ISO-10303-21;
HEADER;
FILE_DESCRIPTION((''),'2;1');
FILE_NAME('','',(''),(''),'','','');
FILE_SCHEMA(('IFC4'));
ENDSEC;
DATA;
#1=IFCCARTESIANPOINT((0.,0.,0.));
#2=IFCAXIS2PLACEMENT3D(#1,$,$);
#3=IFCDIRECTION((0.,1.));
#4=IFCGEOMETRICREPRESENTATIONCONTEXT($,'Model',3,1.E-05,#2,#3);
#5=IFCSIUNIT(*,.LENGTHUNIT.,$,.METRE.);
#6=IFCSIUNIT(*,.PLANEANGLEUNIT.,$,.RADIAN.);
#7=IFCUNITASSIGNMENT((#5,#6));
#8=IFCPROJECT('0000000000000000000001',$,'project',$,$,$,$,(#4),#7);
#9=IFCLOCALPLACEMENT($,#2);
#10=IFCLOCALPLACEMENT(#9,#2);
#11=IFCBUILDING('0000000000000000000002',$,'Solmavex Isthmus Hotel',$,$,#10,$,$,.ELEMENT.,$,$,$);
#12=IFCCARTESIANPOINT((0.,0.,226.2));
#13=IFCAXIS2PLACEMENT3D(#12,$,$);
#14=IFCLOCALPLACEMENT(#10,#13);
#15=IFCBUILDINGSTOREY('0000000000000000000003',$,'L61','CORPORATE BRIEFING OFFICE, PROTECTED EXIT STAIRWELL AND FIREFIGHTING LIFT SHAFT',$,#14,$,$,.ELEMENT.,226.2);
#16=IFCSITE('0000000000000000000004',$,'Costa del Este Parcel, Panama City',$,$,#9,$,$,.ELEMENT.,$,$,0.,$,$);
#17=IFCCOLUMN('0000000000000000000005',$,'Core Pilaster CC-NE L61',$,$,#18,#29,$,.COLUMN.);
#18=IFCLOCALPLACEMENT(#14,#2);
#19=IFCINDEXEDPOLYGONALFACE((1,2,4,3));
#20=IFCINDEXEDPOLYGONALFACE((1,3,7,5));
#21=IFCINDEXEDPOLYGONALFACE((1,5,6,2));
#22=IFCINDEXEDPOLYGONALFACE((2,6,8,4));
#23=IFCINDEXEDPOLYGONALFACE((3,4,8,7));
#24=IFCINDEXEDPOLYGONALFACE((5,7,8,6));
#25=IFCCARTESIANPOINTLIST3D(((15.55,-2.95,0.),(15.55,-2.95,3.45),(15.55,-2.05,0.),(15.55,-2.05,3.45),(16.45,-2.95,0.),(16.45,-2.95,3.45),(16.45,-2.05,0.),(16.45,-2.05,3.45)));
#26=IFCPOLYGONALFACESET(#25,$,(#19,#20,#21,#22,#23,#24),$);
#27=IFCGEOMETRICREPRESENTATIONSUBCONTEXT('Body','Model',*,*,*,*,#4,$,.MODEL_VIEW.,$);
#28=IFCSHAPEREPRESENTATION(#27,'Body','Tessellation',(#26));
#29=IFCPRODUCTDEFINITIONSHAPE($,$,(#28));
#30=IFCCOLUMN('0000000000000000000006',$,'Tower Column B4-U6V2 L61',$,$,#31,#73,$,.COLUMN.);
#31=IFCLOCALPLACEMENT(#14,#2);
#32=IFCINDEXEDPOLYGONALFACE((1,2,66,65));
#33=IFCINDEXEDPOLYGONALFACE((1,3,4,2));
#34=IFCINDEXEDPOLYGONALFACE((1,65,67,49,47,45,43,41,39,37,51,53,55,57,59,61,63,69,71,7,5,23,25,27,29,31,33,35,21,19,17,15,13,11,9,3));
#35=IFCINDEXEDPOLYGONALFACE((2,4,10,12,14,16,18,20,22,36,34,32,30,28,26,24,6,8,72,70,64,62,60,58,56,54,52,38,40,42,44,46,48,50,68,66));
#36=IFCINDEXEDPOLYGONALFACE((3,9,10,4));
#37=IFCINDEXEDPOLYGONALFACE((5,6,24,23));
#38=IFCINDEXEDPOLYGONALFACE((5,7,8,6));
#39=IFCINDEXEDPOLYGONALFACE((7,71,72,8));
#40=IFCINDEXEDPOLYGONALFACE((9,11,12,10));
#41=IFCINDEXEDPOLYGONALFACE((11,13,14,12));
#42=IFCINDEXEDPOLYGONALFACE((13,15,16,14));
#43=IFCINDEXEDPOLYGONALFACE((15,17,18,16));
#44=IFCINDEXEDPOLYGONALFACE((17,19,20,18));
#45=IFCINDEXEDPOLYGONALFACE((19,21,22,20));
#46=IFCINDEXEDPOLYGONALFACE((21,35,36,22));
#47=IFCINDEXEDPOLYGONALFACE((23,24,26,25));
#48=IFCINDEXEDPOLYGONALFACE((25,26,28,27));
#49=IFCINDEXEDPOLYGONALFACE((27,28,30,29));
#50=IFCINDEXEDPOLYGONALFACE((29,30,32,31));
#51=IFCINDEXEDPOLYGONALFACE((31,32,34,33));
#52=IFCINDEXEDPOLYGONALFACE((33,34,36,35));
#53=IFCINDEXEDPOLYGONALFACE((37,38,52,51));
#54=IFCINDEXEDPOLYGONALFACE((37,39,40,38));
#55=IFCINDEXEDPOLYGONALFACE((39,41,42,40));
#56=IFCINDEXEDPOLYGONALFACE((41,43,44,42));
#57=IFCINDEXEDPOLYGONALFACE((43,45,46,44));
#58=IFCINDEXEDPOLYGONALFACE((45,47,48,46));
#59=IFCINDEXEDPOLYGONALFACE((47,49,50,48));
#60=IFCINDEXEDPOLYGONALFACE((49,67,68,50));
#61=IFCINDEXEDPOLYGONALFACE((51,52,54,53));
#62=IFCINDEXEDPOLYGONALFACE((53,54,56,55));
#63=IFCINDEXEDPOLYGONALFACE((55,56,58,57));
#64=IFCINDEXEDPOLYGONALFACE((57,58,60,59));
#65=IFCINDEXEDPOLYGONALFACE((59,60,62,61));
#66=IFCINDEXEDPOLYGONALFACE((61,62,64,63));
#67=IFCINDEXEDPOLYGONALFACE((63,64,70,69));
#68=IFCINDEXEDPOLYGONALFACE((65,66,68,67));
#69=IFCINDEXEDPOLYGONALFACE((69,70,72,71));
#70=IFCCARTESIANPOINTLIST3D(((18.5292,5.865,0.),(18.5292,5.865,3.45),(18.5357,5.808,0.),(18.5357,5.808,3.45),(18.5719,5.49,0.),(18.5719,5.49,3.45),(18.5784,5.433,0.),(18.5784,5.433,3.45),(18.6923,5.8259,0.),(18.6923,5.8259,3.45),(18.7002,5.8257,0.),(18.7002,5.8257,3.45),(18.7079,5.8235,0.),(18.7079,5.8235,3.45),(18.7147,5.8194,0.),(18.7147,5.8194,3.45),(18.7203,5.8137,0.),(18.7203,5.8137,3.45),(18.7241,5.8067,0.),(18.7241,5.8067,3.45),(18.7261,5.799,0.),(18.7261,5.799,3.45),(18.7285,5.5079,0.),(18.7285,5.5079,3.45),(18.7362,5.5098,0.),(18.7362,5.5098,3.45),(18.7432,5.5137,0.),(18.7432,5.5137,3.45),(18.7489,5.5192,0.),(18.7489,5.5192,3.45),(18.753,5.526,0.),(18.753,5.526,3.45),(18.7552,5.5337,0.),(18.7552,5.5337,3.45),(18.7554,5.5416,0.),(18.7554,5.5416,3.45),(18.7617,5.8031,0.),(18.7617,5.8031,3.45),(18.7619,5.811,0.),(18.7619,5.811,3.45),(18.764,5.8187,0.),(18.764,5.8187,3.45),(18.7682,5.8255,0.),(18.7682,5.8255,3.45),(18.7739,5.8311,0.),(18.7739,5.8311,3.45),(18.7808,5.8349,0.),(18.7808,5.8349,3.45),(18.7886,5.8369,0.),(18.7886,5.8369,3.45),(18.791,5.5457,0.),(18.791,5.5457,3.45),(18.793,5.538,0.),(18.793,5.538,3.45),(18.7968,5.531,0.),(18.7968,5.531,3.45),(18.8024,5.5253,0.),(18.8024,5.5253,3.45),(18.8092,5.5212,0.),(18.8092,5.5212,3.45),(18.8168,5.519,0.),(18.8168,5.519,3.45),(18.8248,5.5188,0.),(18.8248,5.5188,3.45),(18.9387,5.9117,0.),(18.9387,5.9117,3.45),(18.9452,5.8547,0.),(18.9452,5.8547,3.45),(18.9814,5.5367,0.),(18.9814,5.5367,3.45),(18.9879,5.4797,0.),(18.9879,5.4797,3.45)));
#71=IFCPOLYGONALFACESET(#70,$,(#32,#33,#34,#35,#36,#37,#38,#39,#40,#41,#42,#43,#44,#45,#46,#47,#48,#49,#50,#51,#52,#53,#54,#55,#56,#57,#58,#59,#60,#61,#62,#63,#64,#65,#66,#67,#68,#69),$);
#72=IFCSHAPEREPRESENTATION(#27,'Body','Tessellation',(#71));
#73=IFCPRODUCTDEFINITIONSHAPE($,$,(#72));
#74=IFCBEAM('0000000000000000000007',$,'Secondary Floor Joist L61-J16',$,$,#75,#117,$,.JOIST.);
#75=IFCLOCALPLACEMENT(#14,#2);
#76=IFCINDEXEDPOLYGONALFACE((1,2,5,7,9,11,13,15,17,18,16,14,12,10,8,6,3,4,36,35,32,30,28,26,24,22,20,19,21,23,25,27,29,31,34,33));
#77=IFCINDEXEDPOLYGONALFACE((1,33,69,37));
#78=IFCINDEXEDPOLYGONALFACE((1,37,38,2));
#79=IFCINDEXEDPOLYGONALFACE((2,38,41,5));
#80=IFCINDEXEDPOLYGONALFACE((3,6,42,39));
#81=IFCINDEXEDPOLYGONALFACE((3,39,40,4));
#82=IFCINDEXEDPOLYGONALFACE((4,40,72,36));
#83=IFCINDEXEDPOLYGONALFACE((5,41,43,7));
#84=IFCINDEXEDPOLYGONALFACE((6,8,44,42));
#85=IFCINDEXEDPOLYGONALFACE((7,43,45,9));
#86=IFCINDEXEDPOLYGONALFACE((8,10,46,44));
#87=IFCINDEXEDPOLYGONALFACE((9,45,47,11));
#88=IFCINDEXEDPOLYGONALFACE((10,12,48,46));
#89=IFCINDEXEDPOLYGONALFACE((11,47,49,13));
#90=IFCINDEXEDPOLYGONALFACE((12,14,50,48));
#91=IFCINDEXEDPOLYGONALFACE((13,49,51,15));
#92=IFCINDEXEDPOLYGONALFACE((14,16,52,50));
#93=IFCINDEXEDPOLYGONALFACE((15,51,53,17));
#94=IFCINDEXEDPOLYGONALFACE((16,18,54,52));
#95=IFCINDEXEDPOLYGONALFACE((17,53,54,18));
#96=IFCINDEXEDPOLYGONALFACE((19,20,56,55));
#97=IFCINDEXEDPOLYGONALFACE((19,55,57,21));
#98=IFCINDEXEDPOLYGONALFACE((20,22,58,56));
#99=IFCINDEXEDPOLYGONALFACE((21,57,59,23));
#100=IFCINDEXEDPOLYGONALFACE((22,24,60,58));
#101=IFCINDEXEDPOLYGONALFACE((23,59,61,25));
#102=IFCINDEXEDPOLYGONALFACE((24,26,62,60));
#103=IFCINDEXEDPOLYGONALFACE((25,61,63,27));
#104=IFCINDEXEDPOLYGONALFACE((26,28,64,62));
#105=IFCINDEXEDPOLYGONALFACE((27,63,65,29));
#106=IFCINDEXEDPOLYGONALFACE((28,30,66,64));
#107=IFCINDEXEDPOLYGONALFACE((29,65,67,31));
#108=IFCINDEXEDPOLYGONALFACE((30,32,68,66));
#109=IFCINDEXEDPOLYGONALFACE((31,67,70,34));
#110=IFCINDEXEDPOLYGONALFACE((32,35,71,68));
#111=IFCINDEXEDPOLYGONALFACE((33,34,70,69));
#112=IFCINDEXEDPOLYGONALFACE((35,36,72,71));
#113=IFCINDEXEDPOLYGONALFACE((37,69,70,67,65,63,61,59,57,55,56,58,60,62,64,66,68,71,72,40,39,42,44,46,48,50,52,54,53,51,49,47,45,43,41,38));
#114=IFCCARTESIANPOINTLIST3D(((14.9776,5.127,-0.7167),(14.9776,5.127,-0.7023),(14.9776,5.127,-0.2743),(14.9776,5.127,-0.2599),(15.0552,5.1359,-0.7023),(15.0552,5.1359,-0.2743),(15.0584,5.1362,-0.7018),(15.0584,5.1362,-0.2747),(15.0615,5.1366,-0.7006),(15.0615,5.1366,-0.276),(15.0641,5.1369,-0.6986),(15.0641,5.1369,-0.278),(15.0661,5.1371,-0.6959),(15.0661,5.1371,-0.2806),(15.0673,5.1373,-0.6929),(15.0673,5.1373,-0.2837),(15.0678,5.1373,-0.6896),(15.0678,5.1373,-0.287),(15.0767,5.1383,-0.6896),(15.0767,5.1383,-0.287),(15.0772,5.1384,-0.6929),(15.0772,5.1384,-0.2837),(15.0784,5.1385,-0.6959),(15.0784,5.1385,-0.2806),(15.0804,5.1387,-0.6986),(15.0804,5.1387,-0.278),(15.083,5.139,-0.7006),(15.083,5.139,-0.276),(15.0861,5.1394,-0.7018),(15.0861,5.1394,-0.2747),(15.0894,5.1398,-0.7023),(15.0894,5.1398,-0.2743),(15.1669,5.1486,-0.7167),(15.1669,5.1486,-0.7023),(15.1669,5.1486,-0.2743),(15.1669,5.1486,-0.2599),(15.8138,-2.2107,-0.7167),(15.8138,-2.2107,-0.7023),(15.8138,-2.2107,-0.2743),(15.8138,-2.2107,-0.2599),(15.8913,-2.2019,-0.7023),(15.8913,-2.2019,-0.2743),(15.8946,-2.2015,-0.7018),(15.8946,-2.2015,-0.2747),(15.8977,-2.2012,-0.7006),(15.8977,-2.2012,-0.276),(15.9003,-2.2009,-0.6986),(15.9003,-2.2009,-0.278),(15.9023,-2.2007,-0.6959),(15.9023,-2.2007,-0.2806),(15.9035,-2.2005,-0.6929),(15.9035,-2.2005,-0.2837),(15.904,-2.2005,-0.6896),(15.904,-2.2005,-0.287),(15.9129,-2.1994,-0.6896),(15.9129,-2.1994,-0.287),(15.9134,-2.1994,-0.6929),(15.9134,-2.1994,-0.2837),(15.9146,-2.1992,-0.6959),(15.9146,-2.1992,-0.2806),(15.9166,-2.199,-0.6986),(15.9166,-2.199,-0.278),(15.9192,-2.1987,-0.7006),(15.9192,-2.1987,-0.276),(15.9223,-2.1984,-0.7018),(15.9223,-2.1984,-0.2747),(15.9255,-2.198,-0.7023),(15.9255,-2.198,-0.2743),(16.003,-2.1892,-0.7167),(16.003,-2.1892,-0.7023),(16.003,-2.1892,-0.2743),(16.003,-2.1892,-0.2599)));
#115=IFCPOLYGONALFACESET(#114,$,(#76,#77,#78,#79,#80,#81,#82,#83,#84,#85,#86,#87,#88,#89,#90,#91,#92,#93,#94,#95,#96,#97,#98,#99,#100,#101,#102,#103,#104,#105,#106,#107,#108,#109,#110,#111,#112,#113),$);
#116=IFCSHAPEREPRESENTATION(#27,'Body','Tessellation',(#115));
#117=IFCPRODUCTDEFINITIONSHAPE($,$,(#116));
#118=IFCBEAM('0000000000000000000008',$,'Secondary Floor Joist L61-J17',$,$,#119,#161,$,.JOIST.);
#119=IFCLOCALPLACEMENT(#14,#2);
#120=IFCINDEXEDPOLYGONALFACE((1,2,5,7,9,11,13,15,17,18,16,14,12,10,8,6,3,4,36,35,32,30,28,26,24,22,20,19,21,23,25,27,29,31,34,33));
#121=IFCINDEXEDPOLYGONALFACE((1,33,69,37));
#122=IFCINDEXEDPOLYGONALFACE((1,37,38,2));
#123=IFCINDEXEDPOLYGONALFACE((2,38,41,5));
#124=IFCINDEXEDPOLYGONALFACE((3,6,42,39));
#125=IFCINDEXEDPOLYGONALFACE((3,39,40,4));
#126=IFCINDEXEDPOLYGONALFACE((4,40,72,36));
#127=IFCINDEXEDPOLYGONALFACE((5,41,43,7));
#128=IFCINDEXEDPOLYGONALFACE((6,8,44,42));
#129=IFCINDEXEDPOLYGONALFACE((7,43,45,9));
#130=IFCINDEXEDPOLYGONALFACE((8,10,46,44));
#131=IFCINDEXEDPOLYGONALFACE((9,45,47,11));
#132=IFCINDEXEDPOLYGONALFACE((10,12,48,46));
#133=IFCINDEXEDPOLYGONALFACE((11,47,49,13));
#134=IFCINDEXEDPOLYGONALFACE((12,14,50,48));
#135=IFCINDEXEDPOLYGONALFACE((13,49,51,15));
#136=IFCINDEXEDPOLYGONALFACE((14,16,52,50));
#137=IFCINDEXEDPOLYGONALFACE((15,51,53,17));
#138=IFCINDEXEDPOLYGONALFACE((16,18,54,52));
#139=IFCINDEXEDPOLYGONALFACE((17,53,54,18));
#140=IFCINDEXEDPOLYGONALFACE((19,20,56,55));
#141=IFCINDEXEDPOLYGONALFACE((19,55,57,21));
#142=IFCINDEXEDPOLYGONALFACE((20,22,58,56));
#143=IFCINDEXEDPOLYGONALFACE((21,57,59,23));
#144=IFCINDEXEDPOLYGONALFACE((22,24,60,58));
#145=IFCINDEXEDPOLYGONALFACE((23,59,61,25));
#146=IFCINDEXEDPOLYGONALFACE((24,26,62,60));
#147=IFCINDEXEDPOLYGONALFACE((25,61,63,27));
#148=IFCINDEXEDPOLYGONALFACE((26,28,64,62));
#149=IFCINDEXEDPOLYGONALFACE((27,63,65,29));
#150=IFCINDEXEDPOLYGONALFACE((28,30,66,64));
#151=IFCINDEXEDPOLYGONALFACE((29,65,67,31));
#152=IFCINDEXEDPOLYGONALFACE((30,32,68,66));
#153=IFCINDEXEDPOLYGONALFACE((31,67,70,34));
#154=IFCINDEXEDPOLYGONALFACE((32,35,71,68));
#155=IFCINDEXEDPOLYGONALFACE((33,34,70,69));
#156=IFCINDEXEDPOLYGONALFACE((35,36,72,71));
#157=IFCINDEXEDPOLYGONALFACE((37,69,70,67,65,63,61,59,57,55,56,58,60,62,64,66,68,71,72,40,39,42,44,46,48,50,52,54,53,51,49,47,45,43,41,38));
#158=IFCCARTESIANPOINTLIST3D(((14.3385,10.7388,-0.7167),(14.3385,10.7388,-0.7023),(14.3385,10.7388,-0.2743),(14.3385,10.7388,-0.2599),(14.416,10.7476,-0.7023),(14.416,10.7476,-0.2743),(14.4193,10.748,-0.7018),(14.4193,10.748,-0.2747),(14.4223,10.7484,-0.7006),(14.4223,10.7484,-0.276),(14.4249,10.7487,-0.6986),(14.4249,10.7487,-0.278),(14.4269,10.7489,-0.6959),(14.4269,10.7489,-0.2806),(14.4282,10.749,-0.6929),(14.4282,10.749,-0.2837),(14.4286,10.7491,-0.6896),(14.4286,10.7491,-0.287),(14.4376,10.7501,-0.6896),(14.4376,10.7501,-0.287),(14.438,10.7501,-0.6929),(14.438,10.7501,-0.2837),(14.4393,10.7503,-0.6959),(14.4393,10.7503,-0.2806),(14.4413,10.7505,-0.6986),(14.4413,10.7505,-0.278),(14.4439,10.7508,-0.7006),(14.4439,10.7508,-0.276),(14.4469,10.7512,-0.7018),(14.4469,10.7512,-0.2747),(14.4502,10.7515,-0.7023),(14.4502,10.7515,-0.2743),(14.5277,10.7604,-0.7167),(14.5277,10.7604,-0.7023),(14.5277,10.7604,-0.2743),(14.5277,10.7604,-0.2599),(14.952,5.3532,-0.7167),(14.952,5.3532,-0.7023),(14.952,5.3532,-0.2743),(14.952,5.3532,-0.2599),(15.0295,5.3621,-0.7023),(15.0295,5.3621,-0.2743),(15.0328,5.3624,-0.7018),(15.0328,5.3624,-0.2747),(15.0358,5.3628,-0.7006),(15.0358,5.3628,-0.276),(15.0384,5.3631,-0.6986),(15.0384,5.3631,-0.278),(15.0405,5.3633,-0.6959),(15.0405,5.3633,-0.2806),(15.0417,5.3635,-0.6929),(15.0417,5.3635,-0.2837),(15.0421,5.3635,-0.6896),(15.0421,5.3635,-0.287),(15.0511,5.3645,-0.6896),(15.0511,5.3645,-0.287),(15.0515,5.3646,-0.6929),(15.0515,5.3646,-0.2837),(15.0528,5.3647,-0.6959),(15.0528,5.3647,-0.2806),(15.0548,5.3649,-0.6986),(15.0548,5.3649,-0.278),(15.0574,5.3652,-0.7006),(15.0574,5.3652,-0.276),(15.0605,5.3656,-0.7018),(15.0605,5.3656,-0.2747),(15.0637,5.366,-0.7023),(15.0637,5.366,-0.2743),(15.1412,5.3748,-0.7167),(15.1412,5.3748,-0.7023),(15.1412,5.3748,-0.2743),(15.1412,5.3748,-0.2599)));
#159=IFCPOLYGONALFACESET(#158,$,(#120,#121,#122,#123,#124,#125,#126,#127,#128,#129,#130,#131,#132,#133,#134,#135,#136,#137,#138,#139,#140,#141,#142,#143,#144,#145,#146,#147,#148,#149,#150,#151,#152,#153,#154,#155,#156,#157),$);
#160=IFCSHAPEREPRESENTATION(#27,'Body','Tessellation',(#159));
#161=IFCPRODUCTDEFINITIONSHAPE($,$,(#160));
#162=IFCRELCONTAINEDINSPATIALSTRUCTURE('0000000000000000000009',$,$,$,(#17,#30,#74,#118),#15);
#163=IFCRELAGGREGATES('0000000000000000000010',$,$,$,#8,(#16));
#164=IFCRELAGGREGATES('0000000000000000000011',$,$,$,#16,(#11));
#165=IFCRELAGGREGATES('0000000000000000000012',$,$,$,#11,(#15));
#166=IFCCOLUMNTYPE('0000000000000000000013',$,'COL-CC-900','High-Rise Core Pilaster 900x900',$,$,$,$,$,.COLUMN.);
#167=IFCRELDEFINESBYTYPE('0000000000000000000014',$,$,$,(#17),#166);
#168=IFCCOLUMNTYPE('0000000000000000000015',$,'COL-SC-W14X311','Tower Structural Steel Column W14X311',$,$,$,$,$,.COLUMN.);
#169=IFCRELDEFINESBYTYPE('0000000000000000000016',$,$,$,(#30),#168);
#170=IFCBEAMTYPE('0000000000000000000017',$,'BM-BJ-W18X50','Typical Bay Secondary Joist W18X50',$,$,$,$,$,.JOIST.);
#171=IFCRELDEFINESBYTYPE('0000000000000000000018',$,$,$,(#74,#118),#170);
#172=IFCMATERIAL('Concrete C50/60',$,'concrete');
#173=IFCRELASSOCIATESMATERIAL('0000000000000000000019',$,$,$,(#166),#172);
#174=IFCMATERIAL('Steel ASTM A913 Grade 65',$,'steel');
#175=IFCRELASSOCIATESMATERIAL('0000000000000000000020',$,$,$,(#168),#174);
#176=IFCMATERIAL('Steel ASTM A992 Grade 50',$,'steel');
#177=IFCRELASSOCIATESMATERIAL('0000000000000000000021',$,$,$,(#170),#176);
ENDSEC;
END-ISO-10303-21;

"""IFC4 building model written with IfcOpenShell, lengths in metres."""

from ifc_helpers import new_model, si_unit, direction, frame, origin, origin_2d, place, context, subcontext, project, spatial, rectangle, i_section, extrude, material, material_profile, profile_set, type_object, element, save


model = new_model("IFC4")

# Units and contexts
model_context = context("Model", 3, precision=1e-05, world=origin(), true_north=direction((0.0, 1.0)))
body_context = subcontext(model_context, "Body", "Model", "MODEL_VIEW")
ifc_project = project(units=[si_unit("LENGTHUNIT", "METRE"), si_unit("PLANEANGLEUNIT", "RADIAN")], contexts=[model_context])

# Site, building, storey
site_placement = place(None, origin())
site = spatial("IfcSite", under=ifc_project, at=site_placement, Name="Costa del Este Parcel, Panama City", CompositionType="ELEMENT", RefElevation=0.0)
building_placement = place(site_placement, origin())
building = spatial("IfcBuilding", under=site, at=building_placement, Name="Solmavex Isthmus Hotel", CompositionType="ELEMENT")
storey_placement = place(building_placement, frame((0.0, 0.0, 226.2)))
storey = spatial("IfcBuildingStorey", under=building, at=storey_placement, Name="L61", Description="CORPORATE BRIEFING OFFICE, PROTECTED EXIT STAIRWELL AND FIREFIGHTING LIFT SHAFT", CompositionType="ELEMENT", Elevation=226.2)

# Columns
ifc_material_1 = material(Name="Concrete C50/60", Category="concrete")
ifc_material_profile_1 = material_profile(ifc_material_1, rectangle(XDim=0.8999, YDim=0.8999, at=origin_2d()), Name="RC900X900")
ifc_profile_set_1 = profile_set([ifc_material_profile_1], Name="Concrete C50/60")
column_type_1 = type_object("IfcColumnType", Name="COL-CC-900", Description="High-Rise Core Pilaster 900x900", PredefinedType="COLUMN", material=ifc_profile_set_1)
column_1_placement = place(storey_placement, frame((16.0, -2.5, 0.0), z_axis=(0.0, 0.0, 1.0), x_axis=(1.0, 0.0, 0.0)))
element("IfcColumn", 1, at=column_1_placement, inside=storey, type_object=column_type_1, Name="Core Pilaster CC-NE L61", PredefinedType="COLUMN", context=body_context, shape_type="SweptSolid", body=[
    extrude(rectangle(XDim=0.8999, YDim=0.8999, at=origin_2d()), origin(), (0.0, 0.0, 1.0), 3.45),
])
ifc_material_2 = material(Name="Steel ASTM A913 Grade 65", Category="steel")
ifc_material_profile_2 = material_profile(ifc_material_2, i_section(OverallWidth=0.4121, OverallDepth=0.4348, WebThickness=0.0359, FlangeThickness=0.0574, FilletRadius=0.0305, at=origin_2d()), Name="W14X311")
ifc_profile_set_2 = profile_set([ifc_material_profile_2], Name="Steel ASTM A913 Grade 65")
column_type_2 = type_object("IfcColumnType", Name="COL-SC-W14X311", Description="Tower Structural Steel Column W14X311", PredefinedType="COLUMN", material=ifc_profile_set_2)
column_2_placement = place(storey_placement, frame((18.7585, 5.6724, 0.0), z_axis=(0.0, 0.0, 1.0), x_axis=(0.993572, 0.113203, 0.0)))
element("IfcColumn", 2, at=column_2_placement, inside=storey, type_object=column_type_2, Name="Tower Column B4-U6V2 L61", PredefinedType="COLUMN", context=body_context, shape_type="SweptSolid", body=[
    extrude(i_section(OverallWidth=0.4121, OverallDepth=0.4348, WebThickness=0.0359, FlangeThickness=0.0574, FilletRadius=0.0305, at=origin_2d()), origin(), (0.0, 0.0, 1.0), 3.45),
])

# Beams
ifc_material_3 = material(Name="Steel ASTM A992 Grade 50", Category="steel")
ifc_material_profile_3 = material_profile(ifc_material_3, i_section(OverallWidth=0.1904, OverallDepth=0.4568, WebThickness=0.009, FlangeThickness=0.0144, FilletRadius=0.0127, at=origin_2d()), Name="W18X50")
ifc_profile_set_3 = profile_set([ifc_material_profile_3], Name="Steel ASTM A992 Grade 50")
beam_type_1 = type_object("IfcBeamType", Name="BM-BJ-W18X50", Description="Typical Bay Secondary Joist W18X50", PredefinedType="JOIST", material=ifc_profile_set_3)
beam_1_placement = place(storey_placement, frame((15.9084, -2.2, -0.4883), z_axis=(-0.113225, 0.993569, 0.0), x_axis=(-0.993569, -0.113225, 0.0)))
element("IfcBeam", 3, at=beam_1_placement, inside=storey, type_object=beam_type_1, Name="Secondary Floor Joist L61-J16", PredefinedType="JOIST", context=body_context, shape_type="SweptSolid", body=[
    extrude(i_section(OverallWidth=0.1904, OverallDepth=0.4568, WebThickness=0.009, FlangeThickness=0.0144, FilletRadius=0.0127, at=origin_2d()), origin(), (0.0, 0.0, 1.0), 7.3853),
])
beam_2_placement = place(storey_placement, frame((15.0466, 5.364, -0.4883), z_axis=(-0.11319, 0.993573, 0.0), x_axis=(-0.993573, -0.11319, 0.0)))
element("IfcBeam", 4, at=beam_2_placement, inside=storey, type_object=beam_type_1, Name="Secondary Floor Joist L61-J17", PredefinedType="JOIST", context=body_context, shape_type="SweptSolid", body=[
    extrude(i_section(OverallWidth=0.1904, OverallDepth=0.4568, WebThickness=0.009, FlangeThickness=0.0144, FilletRadius=0.0127, at=origin_2d()), origin(), (0.0, 0.0, 1.0), 5.4204),
])

save(model, "model.ifc")
